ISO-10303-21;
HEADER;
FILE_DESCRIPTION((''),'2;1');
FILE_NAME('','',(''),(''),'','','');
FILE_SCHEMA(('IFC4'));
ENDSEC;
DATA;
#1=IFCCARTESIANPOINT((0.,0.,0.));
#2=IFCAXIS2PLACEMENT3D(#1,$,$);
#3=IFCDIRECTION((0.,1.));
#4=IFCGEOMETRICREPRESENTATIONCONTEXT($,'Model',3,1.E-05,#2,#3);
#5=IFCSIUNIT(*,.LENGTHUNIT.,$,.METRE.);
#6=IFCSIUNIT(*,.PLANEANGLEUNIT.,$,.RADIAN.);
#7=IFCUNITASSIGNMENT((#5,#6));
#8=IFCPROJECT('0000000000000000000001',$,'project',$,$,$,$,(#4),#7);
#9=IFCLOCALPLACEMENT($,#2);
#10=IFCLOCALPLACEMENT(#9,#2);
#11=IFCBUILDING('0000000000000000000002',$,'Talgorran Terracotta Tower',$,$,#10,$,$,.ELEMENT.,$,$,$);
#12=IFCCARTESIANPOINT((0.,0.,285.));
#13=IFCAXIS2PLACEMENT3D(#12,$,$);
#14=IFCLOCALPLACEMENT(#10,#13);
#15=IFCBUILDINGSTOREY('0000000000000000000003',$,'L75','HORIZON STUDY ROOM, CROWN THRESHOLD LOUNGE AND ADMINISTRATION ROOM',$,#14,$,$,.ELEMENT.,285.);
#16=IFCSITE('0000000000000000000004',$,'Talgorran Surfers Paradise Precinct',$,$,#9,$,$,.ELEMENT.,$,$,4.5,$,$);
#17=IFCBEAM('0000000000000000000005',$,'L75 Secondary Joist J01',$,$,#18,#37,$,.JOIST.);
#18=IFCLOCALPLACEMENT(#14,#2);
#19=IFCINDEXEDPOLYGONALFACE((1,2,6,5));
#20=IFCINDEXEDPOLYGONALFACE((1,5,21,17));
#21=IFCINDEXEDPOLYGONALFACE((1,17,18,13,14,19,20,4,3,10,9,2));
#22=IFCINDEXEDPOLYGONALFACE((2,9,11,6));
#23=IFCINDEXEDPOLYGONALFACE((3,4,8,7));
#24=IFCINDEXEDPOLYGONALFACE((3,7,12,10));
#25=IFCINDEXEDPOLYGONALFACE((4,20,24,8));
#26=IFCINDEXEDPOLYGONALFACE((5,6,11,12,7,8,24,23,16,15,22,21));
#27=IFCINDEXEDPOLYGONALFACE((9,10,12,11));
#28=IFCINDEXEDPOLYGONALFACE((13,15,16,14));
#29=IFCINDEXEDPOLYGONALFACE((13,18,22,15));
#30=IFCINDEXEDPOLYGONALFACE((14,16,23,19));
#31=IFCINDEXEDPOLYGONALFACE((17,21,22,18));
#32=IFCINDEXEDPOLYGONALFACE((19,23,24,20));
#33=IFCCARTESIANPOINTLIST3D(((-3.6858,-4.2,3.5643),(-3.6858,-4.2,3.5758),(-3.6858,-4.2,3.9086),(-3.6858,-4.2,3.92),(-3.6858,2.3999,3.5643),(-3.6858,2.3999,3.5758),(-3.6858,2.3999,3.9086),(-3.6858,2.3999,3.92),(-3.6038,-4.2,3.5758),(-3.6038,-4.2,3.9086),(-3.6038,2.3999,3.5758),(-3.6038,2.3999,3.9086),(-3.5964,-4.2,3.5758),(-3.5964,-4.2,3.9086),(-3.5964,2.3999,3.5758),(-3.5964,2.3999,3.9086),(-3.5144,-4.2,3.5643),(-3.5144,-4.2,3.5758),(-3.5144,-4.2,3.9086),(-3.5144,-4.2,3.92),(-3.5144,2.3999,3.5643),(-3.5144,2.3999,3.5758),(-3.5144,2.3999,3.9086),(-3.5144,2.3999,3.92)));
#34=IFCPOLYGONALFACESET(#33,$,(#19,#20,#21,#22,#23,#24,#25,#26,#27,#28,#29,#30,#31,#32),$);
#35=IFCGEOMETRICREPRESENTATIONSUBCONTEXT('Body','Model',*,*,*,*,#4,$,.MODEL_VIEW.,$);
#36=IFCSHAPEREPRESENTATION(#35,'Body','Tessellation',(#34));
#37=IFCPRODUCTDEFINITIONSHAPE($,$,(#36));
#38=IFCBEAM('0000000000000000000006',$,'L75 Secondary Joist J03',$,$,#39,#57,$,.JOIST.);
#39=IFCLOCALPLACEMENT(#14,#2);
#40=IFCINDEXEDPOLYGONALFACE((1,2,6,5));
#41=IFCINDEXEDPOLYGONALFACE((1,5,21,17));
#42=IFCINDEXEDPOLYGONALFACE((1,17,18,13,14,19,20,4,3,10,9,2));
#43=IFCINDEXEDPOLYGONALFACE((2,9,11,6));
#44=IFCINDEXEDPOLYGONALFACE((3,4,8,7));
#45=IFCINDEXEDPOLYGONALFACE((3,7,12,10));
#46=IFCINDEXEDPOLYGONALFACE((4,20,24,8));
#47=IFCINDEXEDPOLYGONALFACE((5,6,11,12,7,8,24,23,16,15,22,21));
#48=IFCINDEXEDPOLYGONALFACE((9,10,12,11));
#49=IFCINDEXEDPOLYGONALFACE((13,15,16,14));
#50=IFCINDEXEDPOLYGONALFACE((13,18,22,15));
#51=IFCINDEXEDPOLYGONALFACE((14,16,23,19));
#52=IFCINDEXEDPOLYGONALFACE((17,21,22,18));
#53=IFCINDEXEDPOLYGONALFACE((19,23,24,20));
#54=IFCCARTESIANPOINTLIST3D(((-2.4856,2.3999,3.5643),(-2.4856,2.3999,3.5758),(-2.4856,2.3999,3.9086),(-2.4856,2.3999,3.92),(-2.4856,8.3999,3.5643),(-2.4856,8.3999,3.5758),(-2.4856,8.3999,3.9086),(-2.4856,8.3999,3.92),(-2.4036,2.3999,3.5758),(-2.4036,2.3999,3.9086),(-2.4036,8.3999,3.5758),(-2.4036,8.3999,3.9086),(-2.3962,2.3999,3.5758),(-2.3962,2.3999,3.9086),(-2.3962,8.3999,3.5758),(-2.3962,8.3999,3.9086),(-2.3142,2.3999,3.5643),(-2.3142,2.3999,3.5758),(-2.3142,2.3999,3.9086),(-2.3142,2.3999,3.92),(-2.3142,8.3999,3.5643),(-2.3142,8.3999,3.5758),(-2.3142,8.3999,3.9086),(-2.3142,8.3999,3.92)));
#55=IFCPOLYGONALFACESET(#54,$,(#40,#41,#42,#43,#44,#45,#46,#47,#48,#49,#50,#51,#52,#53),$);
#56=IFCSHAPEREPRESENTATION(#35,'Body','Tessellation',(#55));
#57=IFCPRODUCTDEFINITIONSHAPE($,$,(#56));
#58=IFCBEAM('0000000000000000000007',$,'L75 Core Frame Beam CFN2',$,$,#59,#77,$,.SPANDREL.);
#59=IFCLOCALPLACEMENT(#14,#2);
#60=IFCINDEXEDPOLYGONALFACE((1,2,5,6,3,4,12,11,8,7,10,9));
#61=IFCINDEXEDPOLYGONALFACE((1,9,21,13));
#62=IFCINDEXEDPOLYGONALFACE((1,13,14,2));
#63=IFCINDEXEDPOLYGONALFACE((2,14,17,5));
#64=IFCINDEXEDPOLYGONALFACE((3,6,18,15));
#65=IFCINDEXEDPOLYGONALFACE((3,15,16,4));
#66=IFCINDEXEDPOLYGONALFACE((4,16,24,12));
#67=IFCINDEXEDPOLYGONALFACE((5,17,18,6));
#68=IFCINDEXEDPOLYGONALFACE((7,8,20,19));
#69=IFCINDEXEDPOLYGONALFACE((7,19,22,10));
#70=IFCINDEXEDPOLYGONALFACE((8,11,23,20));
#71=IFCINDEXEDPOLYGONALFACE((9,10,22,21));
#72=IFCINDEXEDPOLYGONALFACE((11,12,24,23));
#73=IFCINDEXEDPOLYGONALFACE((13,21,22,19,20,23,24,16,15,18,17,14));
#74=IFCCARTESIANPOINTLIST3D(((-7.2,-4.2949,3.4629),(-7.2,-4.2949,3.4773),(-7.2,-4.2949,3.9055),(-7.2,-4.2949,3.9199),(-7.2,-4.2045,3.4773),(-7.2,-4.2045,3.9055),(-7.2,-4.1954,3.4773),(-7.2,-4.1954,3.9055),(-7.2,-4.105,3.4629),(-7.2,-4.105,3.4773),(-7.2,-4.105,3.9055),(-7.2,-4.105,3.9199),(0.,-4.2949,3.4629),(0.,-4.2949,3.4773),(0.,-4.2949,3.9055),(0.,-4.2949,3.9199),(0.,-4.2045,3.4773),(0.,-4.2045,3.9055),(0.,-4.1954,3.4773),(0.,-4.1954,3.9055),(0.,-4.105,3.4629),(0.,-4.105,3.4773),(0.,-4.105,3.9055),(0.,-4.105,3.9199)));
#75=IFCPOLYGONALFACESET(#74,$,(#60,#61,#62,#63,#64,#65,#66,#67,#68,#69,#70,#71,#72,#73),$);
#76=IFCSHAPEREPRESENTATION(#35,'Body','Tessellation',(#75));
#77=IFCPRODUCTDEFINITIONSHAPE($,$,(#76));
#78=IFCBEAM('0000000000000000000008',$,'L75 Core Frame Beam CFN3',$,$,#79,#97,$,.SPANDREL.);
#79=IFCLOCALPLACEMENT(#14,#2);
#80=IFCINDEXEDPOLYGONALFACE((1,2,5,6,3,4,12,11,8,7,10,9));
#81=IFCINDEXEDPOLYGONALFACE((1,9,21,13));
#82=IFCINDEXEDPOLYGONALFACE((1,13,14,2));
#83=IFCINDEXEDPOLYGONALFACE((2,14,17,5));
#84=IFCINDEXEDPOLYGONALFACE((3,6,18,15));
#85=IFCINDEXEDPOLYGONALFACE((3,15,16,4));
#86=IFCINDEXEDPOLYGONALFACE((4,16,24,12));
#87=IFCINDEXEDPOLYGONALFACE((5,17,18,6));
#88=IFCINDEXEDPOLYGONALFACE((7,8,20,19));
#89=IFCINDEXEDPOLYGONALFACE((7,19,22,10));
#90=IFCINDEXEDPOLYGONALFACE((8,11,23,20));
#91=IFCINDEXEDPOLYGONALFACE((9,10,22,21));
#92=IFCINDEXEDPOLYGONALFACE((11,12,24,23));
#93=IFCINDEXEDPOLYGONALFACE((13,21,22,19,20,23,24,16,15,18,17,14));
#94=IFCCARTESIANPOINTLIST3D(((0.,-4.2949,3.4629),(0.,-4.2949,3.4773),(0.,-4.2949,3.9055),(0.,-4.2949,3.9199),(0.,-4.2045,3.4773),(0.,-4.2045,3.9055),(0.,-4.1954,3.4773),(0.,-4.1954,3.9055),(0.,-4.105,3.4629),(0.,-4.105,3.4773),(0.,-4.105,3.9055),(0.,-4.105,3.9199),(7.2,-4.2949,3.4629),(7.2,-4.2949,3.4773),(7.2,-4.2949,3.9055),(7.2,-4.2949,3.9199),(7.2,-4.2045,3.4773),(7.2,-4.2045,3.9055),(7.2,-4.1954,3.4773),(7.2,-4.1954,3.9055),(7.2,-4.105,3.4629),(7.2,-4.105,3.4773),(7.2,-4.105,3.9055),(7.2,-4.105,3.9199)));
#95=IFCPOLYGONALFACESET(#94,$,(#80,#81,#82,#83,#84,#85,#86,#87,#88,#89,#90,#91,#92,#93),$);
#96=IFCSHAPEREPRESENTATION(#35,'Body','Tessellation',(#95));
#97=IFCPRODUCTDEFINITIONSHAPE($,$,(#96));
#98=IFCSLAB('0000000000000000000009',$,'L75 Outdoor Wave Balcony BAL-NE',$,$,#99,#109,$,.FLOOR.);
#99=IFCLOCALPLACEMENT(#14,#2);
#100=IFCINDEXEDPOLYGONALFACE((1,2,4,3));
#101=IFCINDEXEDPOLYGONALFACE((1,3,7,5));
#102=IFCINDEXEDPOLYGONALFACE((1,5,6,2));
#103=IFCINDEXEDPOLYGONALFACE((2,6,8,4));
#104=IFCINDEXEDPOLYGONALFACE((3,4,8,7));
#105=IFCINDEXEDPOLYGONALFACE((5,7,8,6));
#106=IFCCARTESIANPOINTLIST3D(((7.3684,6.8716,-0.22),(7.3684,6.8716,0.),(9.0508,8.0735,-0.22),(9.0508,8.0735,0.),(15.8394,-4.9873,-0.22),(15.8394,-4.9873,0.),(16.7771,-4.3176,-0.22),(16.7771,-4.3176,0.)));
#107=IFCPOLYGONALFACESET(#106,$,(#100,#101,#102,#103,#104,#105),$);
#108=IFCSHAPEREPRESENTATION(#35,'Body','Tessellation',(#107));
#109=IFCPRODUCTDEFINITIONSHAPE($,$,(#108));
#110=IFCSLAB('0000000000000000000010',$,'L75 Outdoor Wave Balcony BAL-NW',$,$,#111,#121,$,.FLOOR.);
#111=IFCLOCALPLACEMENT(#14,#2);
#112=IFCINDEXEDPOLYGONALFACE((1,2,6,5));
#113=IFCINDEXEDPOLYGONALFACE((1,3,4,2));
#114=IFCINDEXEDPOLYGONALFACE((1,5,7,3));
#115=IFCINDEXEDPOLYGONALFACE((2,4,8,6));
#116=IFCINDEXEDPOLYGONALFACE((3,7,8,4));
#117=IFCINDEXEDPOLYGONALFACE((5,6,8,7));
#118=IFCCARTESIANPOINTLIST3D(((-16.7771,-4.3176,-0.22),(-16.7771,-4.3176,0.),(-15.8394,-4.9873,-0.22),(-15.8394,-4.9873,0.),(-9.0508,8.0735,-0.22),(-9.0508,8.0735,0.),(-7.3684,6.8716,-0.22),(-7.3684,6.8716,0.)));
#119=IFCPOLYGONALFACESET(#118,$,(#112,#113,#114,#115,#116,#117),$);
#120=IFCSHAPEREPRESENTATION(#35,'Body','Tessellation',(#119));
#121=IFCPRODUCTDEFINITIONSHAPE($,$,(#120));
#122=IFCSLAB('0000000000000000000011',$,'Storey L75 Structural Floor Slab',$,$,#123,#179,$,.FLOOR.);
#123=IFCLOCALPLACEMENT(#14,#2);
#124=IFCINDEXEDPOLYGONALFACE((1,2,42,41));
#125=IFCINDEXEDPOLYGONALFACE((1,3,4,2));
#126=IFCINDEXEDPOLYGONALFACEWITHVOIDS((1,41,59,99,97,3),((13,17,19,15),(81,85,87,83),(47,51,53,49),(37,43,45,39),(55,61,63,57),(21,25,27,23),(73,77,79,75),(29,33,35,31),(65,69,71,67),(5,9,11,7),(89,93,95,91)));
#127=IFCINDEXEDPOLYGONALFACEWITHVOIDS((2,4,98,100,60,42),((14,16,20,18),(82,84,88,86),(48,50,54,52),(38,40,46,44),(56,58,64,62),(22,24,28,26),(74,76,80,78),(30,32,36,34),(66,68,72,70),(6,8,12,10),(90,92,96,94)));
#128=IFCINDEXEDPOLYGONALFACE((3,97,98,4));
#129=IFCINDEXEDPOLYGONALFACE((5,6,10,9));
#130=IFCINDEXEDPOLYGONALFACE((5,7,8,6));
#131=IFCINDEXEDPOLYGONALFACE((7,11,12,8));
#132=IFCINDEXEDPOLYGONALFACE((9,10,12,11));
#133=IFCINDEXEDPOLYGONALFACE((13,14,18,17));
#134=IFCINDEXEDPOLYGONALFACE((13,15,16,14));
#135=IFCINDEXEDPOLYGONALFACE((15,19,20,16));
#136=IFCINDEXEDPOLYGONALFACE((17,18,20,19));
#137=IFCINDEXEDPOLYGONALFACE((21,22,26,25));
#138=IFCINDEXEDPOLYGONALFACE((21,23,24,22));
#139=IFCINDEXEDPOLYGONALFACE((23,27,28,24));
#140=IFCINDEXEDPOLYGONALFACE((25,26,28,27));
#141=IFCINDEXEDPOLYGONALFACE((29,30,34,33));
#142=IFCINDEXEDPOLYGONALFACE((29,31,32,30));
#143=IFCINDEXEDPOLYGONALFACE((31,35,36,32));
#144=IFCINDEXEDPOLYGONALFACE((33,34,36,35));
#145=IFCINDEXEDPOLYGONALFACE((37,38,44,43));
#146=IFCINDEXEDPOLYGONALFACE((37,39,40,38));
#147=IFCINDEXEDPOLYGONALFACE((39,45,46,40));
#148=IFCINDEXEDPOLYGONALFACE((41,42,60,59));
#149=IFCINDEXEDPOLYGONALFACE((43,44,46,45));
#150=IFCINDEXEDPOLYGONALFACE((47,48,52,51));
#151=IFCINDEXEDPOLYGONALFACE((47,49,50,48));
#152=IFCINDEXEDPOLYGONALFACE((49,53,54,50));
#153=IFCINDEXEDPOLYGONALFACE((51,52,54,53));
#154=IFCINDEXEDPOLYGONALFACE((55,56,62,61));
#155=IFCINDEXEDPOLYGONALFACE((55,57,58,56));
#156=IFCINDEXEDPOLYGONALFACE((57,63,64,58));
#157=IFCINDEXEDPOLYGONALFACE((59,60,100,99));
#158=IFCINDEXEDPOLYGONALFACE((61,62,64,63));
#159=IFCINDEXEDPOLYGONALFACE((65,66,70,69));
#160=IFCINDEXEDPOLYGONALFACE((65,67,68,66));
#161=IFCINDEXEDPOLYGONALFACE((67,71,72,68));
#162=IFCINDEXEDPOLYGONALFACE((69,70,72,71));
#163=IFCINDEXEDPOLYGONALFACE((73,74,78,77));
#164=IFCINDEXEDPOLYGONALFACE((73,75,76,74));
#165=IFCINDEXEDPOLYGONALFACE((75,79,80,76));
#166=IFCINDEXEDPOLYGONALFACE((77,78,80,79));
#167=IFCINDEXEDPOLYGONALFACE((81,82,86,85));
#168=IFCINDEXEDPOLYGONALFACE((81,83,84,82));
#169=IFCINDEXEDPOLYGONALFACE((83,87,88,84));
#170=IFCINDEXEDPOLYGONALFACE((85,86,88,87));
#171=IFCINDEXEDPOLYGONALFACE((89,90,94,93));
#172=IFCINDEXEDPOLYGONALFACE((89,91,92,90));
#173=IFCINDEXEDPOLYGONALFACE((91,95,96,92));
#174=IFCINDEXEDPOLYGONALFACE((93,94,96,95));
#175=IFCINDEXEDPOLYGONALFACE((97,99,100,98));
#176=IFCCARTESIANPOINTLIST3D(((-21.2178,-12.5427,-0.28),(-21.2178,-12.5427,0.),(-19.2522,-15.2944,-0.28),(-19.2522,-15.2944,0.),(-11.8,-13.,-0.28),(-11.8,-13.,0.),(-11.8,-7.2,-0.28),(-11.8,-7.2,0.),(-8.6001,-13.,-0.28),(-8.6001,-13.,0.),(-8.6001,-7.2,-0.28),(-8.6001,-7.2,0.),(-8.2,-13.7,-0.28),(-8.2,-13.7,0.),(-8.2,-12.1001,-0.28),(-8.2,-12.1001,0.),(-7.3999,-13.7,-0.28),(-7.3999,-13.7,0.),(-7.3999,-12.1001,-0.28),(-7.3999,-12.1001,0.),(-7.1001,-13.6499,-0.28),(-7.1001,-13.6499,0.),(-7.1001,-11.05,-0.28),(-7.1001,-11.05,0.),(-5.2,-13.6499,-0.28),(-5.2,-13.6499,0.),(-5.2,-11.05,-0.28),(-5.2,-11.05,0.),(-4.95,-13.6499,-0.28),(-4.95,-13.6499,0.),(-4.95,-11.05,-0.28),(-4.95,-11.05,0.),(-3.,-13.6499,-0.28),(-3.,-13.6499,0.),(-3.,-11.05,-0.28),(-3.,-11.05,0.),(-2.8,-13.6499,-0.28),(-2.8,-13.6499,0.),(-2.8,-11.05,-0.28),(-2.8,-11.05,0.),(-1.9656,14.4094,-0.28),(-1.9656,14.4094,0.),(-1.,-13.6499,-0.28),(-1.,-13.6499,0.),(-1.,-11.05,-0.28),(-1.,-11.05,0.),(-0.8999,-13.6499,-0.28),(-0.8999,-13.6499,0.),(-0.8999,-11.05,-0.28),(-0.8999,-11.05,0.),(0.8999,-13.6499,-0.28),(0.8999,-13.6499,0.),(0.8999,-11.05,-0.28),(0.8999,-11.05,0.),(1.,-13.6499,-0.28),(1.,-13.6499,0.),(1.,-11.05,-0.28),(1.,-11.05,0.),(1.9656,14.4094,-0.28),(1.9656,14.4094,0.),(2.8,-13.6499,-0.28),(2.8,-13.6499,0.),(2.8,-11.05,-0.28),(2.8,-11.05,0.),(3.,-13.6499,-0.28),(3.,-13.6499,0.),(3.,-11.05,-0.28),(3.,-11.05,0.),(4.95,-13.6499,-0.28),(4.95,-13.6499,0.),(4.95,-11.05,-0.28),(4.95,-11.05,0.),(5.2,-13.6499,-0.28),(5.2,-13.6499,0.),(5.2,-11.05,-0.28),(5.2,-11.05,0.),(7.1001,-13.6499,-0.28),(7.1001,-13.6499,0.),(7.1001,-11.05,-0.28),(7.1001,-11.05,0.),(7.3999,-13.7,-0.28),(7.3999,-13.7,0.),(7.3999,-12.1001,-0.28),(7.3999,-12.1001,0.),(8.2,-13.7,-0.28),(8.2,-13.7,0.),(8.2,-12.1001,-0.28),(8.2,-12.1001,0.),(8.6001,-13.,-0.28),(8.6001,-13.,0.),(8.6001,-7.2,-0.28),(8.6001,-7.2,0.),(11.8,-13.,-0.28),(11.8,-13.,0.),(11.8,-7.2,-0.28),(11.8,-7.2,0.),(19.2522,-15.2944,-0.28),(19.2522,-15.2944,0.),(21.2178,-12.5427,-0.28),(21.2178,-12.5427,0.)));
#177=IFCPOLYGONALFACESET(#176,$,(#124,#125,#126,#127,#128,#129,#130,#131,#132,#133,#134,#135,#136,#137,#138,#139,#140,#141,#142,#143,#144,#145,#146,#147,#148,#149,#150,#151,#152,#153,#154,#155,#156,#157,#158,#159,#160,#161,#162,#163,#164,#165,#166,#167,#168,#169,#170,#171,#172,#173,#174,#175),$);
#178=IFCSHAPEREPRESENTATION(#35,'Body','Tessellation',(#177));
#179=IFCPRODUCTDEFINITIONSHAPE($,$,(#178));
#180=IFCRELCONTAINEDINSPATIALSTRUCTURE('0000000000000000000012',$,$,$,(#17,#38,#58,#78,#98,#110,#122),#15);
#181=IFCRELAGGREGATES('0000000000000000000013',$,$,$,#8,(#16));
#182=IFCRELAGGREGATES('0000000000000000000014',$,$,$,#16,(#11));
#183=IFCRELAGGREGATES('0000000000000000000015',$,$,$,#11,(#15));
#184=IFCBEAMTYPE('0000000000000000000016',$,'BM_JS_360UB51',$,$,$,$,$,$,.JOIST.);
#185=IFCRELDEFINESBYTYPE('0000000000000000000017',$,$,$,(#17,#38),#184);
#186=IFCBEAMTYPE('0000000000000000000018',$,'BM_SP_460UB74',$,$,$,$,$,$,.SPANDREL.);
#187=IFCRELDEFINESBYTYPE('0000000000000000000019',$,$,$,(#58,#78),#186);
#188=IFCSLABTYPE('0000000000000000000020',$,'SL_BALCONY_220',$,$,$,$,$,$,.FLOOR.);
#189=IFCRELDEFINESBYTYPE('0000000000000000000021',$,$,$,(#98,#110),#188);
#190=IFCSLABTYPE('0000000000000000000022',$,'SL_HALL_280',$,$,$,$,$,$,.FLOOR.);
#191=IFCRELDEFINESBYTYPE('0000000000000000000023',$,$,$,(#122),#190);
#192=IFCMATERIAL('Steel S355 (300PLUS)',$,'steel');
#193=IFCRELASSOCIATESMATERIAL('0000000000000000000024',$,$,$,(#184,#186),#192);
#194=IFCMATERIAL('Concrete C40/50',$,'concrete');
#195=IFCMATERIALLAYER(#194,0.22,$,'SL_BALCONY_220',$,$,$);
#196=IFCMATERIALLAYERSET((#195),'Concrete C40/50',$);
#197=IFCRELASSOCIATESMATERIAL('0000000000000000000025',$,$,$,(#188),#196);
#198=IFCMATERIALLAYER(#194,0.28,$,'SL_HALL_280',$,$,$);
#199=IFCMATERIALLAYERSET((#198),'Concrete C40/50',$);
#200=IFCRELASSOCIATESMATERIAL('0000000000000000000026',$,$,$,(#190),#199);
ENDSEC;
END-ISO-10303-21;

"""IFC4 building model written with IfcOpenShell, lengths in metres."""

from ifc_helpers import new_model, si_unit, direction, frame, origin, origin_2d, place, context, subcontext, project, spatial, polyline, i_section, outline, extrude, material, layer, layer_set, material_profile, profile_set, type_object, element, save


model = new_model("IFC4")

# Units and contexts
model_context = context("Model", 3, precision=1e-05, world=origin(), true_north=direction((0.0, 1.0)))
body_context = subcontext(model_context, "Body", "Model", "MODEL_VIEW")
ifc_project = project(units=[si_unit("LENGTHUNIT", "METRE"), si_unit("PLANEANGLEUNIT", "RADIAN")], contexts=[model_context])

# Site, building, storey
site_placement = place(None, origin())
site = spatial("IfcSite", under=ifc_project, at=site_placement, Name="Talgorran Surfers Paradise Precinct", CompositionType="ELEMENT", RefElevation=4.5)
building_placement = place(site_placement, origin())
building = spatial("IfcBuilding", under=site, at=building_placement, Name="Talgorran Terracotta Tower", CompositionType="ELEMENT")
storey_placement = place(building_placement, frame((0.0, 0.0, 285.0)))
storey = spatial("IfcBuildingStorey", under=building, at=storey_placement, Name="L75", Description="HORIZON STUDY ROOM, CROWN THRESHOLD LOUNGE AND ADMINISTRATION ROOM", CompositionType="ELEMENT", Elevation=285.0)

# Shared definitions
ifc_material_1 = material(Name="Steel S355 (300PLUS)", Category="steel")

# Beams
ifc_material_profile_1 = material_profile(ifc_material_1, i_section(OverallWidth=0.1714, OverallDepth=0.3557, WebThickness=0.0073, FlangeThickness=0.0115, at=origin_2d()), Name="360UB50.7")
ifc_profile_set_1 = profile_set([ifc_material_profile_1], Name="Steel S355 (300PLUS)")
beam_type_1 = type_object("IfcBeamType", Name="BM_JS_360UB51", PredefinedType="JOIST", material=ifc_profile_set_1)
beam_1_placement = place(storey_placement, frame((-3.6001, -4.2, 3.7422), z_axis=(0.0, 1.0, 0.0), x_axis=(-1.0, 0.0, 0.0)))
element("IfcBeam", 1, at=beam_1_placement, inside=storey, type_object=beam_type_1, Name="L75 Secondary Joist J01", PredefinedType="JOIST", context=body_context, shape_type="SweptSolid", body=[
    extrude(i_section(OverallWidth=0.1714, OverallDepth=0.3557, WebThickness=0.0073, FlangeThickness=0.0115, at=origin_2d()), origin(), (0.0, 0.0, 1.0), 6.5999),
])
beam_2_placement = place(storey_placement, frame((-2.3999, 2.3999, 3.7422), z_axis=(0.0, 1.0, 0.0), x_axis=(-1.0, 0.0, 0.0)))
element("IfcBeam", 2, at=beam_2_placement, inside=storey, type_object=beam_type_1, Name="L75 Secondary Joist J03", PredefinedType="JOIST", context=body_context, shape_type="SweptSolid", body=[
    extrude(i_section(OverallWidth=0.1714, OverallDepth=0.3557, WebThickness=0.0073, FlangeThickness=0.0115, at=origin_2d()), origin(), (0.0, 0.0, 1.0), 6.0),
])
ifc_material_profile_2 = material_profile(ifc_material_1, i_section(OverallWidth=0.1899, OverallDepth=0.457, WebThickness=0.009, FlangeThickness=0.0144, at=origin_2d()), Name="460UB74.6")
ifc_profile_set_2 = profile_set([ifc_material_profile_2], Name="Steel S355 (300PLUS)")
beam_type_2 = type_object("IfcBeamType", Name="BM_SP_460UB74", PredefinedType="SPANDREL", material=ifc_profile_set_2)
for number, where, z_axis, x_axis, name in (
    (3, (-7.2, -4.2, 3.6914), (1.0, 0.0, 0.0), (0.0, 1.0, 0.0), "L75 Core Frame Beam CFN2"),
    (4, (0.0, -4.2, 3.6914), (1.0, 0.0, 0.0), (0.0, 1.0, 0.0), "L75 Core Frame Beam CFN3"),
):
    element("IfcBeam", number, at=place(storey_placement, frame(where, z_axis=z_axis, x_axis=x_axis)), inside=storey, type_object=beam_type_2, Name=name, PredefinedType="SPANDREL", context=body_context, shape_type="SweptSolid", body=[
        extrude(i_section(OverallWidth=0.1899, OverallDepth=0.457, WebThickness=0.009, FlangeThickness=0.0144, at=origin_2d()), origin(), (0.0, 0.0, 1.0), 7.2),
    ])

# Slabs
ifc_material_2 = material(Name="Concrete C40/50", Category="concrete")
ifc_layer_1 = layer(ifc_material_2, 0.22, Name="SL_BALCONY_220")
ifc_layer_set_1 = layer_set([ifc_layer_1], Name="Concrete C40/50")
slab_type_1 = type_object("IfcSlabType", Name="SL_BALCONY_220", PredefinedType="FLOOR", material=ifc_layer_set_1)
slab_1_placement = place(storey_placement, frame((0.0, 0.0, -0.22)))
element("IfcSlab", 5, at=slab_1_placement, inside=storey, type_object=slab_type_1, Name="L75 Outdoor Wave Balcony BAL-NE", PredefinedType="FLOOR", context=body_context, shape_type="SweptSolid", body=[
    extrude(outline(polyline([(7.3684, 6.8716), (15.8394, -4.9873), (16.7771, -4.3176), (9.0508, 8.0735), (7.3684, 6.8716)])), origin(), (0.0, 0.0, 1.0), 0.22),
])
slab_2_placement = place(storey_placement, frame((0.0, 0.0, -0.22)))
element("IfcSlab", 6, at=slab_2_placement, inside=storey, type_object=slab_type_1, Name="L75 Outdoor Wave Balcony BAL-NW", PredefinedType="FLOOR", context=body_context, shape_type="SweptSolid", body=[
    extrude(outline(polyline([(-15.8394, -4.9873), (-7.3684, 6.8716), (-9.0508, 8.0735), (-16.7771, -4.3176), (-15.8394, -4.9873)])), origin(), (0.0, 0.0, 1.0), 0.22),
])
ifc_layer_2 = layer(ifc_material_2, 0.28, Name="SL_HALL_280")
ifc_layer_set_2 = layer_set([ifc_layer_2], Name="Concrete C40/50")
slab_type_2 = type_object("IfcSlabType", Name="SL_HALL_280", PredefinedType="FLOOR", material=ifc_layer_set_2)
slab_3_placement = place(storey_placement, frame((0.0, 0.0, -0.28)))
element("IfcSlab", 7, at=slab_3_placement, inside=storey, type_object=slab_type_2, Name="Storey L75 Structural Floor Slab", PredefinedType="FLOOR", context=body_context, shape_type="SweptSolid", body=[
    extrude(outline(polyline([(-21.2178, -12.5427), (-19.2522, -15.2944), (19.2522, -15.2944), (21.2178, -12.5427), (1.9656, 14.4094), (-1.9656, 14.4094), (-21.2178, -12.5427)]), holes=[polyline([(-11.8, -7.2), (-11.8, -13.0), (-8.6001, -13.0), (-8.6001, -7.2), (-11.8, -7.2)]), polyline([(8.6001, -7.2), (8.6001, -13.0), (11.8, -13.0), (11.8, -7.2), (8.6001, -7.2)]), polyline([(-7.1001, -13.6499), (-5.2, -13.6499), (-5.2, -11.05), (-7.1001, -11.05), (-7.1001, -13.6499)]), polyline([(5.2, -13.6499), (7.1001, -13.6499), (7.1001, -11.05), (5.2, -11.05), (5.2, -13.6499)]), polyline([(3.0, -13.6499), (4.95, -13.6499), (4.95, -11.05), (3.0, -11.05), (3.0, -13.6499)]), polyline([(-4.95, -13.6499), (-3.0, -13.6499), (-3.0, -11.05), (-4.95, -11.05), (-4.95, -13.6499)]), polyline([(-2.8, -13.6499), (-1.0, -13.6499), (-1.0, -11.05), (-2.8, -11.05), (-2.8, -13.6499)]), polyline([(-0.8999, -13.6499), (0.8999, -13.6499), (0.8999, -11.05), (-0.8999, -11.05), (-0.8999, -13.6499)]), polyline([(1.0, -13.6499), (2.8, -13.6499), (2.8, -11.05), (1.0, -11.05), (1.0, -13.6499)]), polyline([(-8.2, -13.7), (-7.3999, -13.7), (-7.3999, -12.1001), (-8.2, -12.1001), (-8.2, -13.7)]), polyline([(7.3999, -13.7), (8.2, -13.7), (8.2, -12.1001), (7.3999, -12.1001), (7.3999, -13.7)])]), origin(), (0.0, 0.0, 1.0), 0.28),
])

save(model, "model.ifc")
